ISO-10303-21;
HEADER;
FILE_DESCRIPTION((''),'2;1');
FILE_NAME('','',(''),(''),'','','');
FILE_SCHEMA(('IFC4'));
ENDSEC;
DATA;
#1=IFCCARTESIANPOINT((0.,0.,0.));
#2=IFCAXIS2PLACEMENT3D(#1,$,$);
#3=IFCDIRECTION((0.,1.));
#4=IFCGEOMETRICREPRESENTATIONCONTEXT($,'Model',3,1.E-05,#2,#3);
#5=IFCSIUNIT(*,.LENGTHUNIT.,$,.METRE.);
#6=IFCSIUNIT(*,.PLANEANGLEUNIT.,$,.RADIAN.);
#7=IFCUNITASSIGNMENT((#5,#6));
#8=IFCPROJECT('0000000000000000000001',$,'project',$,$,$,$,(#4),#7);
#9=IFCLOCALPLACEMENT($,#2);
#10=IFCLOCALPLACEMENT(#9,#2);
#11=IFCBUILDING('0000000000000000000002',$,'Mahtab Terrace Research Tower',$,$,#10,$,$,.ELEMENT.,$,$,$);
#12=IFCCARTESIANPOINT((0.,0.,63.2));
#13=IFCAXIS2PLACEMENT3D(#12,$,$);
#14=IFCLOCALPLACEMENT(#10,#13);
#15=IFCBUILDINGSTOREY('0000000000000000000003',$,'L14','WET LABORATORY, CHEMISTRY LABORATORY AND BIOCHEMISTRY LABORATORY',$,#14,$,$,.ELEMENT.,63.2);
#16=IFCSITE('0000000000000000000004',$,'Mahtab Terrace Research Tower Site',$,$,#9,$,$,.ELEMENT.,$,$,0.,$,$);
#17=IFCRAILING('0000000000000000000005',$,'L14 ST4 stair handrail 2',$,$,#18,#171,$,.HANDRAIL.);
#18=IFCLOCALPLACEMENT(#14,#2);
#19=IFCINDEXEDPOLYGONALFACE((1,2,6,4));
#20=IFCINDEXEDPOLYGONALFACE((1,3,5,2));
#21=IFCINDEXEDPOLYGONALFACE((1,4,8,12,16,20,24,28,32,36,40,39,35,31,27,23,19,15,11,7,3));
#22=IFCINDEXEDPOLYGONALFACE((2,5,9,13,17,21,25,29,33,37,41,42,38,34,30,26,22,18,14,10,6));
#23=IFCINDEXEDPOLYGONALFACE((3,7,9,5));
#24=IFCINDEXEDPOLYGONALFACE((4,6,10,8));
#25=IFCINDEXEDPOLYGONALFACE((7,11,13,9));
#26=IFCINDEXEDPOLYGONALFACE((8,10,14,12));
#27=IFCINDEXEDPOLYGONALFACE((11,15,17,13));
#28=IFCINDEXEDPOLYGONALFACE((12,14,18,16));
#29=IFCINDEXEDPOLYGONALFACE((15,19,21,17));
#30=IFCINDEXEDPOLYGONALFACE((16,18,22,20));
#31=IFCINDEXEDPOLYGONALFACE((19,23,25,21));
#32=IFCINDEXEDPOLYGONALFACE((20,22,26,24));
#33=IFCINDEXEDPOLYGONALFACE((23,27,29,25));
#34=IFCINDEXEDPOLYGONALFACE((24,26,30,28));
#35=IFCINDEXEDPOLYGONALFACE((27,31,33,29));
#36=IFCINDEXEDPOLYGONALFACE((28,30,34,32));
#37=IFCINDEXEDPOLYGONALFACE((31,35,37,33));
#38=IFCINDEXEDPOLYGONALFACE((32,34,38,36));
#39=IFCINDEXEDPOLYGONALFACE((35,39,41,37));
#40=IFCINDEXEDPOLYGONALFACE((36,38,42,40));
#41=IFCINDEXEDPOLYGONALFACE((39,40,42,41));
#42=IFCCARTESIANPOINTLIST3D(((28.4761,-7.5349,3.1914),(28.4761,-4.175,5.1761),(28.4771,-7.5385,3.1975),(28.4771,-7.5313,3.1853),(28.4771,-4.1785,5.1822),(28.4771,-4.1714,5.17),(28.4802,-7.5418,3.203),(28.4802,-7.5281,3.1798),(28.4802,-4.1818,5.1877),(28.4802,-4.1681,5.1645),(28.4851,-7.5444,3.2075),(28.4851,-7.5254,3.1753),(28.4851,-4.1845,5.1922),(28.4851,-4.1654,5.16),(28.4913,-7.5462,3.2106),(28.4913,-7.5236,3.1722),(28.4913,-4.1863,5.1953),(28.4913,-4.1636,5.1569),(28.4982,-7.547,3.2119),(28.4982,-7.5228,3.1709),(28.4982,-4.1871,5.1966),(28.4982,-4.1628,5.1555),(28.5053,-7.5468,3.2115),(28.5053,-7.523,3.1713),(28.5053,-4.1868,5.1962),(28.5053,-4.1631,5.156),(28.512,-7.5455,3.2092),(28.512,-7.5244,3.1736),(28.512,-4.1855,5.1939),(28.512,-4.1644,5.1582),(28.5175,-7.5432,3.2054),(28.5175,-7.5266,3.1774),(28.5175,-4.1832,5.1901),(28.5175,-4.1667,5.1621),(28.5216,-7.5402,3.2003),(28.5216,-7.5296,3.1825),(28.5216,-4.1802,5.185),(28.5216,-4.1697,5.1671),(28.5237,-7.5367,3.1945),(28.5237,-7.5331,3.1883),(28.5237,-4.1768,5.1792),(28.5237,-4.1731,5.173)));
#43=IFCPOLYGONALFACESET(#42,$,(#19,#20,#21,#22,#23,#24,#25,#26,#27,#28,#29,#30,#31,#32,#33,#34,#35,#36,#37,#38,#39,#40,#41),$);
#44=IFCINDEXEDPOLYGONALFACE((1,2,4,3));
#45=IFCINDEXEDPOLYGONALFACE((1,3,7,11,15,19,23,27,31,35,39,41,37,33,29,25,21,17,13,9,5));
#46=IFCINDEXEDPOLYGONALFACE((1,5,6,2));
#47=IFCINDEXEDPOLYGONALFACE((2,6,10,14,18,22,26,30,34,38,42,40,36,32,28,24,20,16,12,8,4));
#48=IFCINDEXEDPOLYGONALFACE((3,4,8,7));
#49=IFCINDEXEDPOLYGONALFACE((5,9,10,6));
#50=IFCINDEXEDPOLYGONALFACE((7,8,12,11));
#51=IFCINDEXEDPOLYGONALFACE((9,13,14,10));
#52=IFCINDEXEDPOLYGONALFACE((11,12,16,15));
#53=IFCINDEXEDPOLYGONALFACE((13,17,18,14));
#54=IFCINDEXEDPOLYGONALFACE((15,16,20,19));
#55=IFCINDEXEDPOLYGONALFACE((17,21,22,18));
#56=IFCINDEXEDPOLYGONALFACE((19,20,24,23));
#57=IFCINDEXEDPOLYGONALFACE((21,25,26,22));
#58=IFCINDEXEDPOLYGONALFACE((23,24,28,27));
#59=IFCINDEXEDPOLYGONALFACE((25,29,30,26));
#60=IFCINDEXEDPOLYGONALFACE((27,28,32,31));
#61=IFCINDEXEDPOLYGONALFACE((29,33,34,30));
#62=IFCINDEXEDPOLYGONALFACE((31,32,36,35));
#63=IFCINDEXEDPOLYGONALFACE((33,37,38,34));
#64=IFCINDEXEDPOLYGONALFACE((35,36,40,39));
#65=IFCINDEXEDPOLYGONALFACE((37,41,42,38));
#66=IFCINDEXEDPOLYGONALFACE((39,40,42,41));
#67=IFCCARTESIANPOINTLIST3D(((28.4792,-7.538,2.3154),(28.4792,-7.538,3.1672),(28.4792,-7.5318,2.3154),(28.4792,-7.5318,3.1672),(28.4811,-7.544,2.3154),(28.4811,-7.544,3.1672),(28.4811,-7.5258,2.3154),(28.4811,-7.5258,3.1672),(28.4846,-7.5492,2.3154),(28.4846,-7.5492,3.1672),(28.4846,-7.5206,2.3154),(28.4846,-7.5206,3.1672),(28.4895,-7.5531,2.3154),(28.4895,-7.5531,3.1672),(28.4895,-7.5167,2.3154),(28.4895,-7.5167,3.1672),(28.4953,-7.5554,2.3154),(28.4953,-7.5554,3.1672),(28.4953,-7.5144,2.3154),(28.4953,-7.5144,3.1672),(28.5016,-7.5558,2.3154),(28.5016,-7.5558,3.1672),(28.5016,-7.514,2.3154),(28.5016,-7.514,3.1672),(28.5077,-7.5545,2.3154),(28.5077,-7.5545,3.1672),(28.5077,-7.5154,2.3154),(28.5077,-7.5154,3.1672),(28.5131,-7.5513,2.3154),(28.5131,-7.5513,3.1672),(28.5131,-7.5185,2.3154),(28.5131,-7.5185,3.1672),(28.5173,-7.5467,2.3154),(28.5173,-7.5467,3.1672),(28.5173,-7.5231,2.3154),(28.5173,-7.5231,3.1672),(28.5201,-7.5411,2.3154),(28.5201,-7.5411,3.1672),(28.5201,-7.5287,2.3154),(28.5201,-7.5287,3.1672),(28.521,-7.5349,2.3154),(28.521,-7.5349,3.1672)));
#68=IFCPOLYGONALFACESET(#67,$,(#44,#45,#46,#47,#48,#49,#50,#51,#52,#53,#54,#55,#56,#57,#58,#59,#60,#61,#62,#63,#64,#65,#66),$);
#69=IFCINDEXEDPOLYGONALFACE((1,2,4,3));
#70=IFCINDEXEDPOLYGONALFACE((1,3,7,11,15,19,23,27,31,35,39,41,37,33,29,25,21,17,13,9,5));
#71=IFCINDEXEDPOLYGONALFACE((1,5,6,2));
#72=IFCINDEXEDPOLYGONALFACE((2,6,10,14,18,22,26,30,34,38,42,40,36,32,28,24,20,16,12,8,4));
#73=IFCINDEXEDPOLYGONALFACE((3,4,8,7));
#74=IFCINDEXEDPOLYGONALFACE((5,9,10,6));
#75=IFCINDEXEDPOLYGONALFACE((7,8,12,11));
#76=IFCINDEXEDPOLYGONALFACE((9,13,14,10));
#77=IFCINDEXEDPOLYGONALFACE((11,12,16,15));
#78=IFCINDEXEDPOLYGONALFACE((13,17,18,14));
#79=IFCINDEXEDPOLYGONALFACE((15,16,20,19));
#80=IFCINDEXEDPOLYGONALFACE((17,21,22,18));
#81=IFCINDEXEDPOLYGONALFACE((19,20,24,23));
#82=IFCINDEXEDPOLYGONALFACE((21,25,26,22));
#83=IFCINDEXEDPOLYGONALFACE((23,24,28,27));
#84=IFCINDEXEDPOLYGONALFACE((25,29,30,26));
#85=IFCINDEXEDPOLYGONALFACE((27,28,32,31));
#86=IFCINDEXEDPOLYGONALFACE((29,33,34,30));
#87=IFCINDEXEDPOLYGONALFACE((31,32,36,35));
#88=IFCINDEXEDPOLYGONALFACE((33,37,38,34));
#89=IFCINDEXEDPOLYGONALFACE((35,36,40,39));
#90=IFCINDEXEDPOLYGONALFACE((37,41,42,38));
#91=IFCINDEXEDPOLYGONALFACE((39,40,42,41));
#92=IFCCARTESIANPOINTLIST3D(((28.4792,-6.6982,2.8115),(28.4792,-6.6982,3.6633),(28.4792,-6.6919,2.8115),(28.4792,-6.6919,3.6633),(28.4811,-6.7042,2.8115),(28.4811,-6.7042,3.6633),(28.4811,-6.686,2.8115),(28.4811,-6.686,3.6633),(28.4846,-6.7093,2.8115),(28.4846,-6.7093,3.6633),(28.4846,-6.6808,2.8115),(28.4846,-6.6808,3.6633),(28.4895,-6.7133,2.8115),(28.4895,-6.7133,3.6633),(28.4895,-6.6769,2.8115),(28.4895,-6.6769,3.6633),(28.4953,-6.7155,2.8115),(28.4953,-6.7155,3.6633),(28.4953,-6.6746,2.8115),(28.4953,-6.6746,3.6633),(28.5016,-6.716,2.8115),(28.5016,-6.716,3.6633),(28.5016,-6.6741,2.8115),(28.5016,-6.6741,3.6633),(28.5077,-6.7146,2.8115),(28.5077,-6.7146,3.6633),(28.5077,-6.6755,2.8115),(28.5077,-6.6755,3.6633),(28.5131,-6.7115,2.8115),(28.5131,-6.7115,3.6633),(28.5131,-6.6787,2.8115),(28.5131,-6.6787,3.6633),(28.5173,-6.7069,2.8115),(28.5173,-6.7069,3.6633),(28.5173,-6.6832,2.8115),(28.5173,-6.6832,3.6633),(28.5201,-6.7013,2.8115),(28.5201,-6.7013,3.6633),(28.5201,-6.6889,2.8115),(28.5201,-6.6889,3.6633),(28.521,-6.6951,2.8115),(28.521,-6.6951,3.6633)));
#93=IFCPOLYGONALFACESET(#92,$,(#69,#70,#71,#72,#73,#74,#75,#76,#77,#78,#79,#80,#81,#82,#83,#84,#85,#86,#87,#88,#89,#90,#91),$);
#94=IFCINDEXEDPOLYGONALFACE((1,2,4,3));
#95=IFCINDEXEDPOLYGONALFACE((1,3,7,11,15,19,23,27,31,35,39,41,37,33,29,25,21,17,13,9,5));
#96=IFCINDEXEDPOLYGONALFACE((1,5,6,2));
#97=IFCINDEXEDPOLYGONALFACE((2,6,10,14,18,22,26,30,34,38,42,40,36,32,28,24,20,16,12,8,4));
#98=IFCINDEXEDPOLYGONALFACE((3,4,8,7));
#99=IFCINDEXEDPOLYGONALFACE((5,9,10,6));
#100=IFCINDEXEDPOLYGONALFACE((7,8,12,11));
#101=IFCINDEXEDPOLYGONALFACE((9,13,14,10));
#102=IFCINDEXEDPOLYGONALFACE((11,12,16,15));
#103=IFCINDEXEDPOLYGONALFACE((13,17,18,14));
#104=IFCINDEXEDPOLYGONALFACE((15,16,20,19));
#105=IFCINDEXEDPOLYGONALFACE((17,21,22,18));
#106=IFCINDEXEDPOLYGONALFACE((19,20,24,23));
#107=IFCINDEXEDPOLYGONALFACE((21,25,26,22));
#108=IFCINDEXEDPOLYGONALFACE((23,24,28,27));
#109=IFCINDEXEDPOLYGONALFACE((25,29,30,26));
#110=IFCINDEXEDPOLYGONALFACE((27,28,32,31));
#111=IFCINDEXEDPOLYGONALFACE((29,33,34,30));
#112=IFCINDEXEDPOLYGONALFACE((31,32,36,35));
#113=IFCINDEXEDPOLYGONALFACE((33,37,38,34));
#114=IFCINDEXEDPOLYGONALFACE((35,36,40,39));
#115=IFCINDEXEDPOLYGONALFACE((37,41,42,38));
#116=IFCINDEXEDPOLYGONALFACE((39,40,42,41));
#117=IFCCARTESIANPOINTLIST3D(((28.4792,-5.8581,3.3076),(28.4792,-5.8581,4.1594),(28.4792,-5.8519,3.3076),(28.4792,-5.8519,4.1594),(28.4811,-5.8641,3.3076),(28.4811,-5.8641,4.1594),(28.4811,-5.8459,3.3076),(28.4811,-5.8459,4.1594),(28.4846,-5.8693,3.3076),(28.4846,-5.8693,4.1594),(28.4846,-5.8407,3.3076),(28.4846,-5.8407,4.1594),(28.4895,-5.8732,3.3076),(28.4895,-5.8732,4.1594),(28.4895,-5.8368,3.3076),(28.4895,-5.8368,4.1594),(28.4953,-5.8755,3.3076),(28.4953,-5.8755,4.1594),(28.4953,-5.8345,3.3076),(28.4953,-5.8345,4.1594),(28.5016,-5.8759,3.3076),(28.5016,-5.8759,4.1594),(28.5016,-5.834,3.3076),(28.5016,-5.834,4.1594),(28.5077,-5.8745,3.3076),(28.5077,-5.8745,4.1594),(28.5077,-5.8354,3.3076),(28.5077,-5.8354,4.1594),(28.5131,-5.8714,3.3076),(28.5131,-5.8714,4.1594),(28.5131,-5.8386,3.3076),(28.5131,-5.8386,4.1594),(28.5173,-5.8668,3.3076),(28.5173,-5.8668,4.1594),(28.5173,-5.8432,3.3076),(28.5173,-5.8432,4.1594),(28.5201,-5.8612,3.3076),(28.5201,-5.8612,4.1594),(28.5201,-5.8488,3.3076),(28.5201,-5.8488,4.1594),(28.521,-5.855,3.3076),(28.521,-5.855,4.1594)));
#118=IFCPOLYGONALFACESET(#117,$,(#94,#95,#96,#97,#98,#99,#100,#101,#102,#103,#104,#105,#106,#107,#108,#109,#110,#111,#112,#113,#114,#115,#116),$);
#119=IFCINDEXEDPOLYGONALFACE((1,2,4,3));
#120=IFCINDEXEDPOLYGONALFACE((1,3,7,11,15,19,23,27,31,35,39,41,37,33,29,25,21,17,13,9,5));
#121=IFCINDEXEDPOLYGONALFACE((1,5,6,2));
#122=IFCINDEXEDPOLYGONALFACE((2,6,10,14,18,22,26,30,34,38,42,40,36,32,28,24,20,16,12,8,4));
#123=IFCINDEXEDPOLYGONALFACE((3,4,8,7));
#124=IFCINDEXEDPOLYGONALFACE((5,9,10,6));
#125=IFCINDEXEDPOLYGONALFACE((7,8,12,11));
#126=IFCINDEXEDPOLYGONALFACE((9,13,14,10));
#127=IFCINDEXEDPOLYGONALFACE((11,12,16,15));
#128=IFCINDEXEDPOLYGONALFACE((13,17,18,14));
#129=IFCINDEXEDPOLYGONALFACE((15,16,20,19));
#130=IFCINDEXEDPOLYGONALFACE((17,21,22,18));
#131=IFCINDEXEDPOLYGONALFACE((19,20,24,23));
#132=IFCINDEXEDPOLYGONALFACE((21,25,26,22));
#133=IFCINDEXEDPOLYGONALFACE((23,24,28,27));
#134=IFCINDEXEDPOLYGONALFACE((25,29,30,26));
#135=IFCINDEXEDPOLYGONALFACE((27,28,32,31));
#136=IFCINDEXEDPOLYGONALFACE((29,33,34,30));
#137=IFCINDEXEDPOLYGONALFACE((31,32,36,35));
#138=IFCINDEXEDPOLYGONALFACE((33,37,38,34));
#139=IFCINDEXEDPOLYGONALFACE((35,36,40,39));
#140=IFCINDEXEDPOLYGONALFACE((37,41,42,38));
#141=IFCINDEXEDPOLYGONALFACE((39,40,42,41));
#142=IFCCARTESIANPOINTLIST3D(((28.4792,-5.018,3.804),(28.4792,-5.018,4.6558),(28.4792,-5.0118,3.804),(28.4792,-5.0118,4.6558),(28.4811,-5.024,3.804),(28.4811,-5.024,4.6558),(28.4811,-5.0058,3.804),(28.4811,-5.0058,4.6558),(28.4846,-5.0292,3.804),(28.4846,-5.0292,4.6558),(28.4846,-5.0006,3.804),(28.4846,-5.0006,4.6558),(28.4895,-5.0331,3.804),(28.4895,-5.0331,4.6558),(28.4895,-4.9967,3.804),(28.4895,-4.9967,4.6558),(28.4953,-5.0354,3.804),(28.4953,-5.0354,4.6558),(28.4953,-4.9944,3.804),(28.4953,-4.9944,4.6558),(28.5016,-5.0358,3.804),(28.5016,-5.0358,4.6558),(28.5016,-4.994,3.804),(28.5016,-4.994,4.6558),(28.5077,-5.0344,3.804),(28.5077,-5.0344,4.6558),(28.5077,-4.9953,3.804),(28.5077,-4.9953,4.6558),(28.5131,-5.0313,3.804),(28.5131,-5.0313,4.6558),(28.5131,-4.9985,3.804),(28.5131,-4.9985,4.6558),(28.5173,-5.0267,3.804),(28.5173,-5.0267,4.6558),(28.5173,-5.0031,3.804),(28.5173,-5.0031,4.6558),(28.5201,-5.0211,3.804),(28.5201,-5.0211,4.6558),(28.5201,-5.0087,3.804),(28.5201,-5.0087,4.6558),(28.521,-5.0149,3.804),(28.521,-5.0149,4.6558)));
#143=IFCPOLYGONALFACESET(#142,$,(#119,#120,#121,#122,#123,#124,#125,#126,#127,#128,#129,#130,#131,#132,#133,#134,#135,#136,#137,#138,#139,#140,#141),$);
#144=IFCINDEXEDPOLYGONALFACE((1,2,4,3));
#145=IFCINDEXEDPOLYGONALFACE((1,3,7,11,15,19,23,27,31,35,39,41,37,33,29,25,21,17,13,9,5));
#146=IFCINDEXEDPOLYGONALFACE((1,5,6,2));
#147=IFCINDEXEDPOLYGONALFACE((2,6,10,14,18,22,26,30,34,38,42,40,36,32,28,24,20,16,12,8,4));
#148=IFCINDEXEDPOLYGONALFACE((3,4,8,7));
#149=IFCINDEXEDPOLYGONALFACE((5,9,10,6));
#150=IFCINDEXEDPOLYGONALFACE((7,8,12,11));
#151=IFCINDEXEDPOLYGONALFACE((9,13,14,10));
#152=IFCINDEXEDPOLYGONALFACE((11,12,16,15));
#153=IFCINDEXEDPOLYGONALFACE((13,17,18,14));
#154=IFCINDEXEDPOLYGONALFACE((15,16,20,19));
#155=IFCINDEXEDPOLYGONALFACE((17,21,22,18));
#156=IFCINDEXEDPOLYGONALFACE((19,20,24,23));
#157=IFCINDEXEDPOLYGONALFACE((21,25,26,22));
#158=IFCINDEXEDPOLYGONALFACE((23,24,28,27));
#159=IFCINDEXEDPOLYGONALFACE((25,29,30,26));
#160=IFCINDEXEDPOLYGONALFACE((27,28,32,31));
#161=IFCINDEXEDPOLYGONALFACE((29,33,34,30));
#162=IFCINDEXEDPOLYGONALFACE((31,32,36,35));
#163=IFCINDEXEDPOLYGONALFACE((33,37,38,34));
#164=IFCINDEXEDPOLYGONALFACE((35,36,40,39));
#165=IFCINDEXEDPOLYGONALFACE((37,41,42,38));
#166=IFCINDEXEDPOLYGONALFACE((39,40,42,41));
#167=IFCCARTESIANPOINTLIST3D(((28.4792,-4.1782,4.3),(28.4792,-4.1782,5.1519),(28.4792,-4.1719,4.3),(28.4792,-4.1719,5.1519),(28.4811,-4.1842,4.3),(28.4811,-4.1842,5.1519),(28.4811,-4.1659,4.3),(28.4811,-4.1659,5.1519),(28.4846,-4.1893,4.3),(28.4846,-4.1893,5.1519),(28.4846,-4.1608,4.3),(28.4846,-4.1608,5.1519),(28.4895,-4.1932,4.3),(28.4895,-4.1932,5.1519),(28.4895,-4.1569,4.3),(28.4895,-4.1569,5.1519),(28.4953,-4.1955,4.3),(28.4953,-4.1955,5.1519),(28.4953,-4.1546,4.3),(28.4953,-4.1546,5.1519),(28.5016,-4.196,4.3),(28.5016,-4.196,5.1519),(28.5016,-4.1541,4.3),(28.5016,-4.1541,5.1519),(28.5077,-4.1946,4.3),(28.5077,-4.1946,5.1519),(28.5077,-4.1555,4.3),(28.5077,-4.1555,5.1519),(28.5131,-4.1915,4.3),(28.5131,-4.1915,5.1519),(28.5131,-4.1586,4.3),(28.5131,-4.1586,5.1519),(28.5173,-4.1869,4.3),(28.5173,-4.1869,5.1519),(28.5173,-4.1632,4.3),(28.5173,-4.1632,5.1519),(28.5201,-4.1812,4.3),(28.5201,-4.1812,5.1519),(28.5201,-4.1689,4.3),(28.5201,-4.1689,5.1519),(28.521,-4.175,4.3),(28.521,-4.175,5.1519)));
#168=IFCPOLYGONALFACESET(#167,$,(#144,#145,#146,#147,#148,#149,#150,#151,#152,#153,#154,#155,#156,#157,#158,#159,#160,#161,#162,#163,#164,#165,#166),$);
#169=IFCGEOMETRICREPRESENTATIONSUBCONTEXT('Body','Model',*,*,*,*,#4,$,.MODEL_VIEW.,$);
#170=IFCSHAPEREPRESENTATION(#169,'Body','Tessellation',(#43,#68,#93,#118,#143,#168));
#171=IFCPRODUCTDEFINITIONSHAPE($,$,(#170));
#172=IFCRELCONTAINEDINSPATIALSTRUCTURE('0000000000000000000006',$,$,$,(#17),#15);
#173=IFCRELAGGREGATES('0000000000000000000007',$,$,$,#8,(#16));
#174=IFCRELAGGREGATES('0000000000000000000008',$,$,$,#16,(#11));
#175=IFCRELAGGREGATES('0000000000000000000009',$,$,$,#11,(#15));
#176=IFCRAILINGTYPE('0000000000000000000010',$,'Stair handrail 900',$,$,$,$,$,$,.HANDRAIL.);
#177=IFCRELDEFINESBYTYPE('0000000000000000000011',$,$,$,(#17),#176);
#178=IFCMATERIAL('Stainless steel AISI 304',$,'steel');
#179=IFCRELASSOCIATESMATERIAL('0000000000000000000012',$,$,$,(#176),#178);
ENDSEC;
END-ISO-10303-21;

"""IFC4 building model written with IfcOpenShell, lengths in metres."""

from ifc_helpers import new_model, si_unit, direction, frame, origin, origin_2d, place, context, subcontext, project, spatial, circle, extrude, material, type_object, element, save


model = new_model("IFC4")

# Units and contexts
model_context = context("Model", 3, precision=1e-05, world=origin(), true_north=direction((0.0, 1.0)))
body_context = subcontext(model_context, "Body", "Model", "MODEL_VIEW")
ifc_project = project(units=[si_unit("LENGTHUNIT", "METRE"), si_unit("PLANEANGLEUNIT", "RADIAN")], contexts=[model_context])

# Site, building, storey
site_placement = place(None, origin())
site = spatial("IfcSite", under=ifc_project, at=site_placement, Name="Mahtab Terrace Research Tower Site", CompositionType="ELEMENT", RefElevation=0.0)
building_placement = place(site_placement, origin())
building = spatial("IfcBuilding", under=site, at=building_placement, Name="Mahtab Terrace Research Tower", CompositionType="ELEMENT")
storey_placement = place(building_placement, frame((0.0, 0.0, 63.2)))
storey = spatial("IfcBuildingStorey", under=building, at=storey_placement, Name="L14", Description="WET LABORATORY, CHEMISTRY LABORATORY AND BIOCHEMISTRY LABORATORY", CompositionType="ELEMENT", Elevation=63.2)

# Railing
ifc_material_1 = material(Name="Stainless steel AISI 304", Category="steel")
railing_type_1 = type_object("IfcRailingType", Name="Stair handrail 900", PredefinedType="HANDRAIL", material=ifc_material_1)
railing_1_placement = place(storey_placement, frame((28.5, -7.5349, 2.3154)))
element("IfcRailing", 1, at=railing_1_placement, inside=storey, type_object=railing_type_1, Name="L14 ST4 stair handrail 2", PredefinedType="HANDRAIL", context=body_context, shape_type="SweptSolid", body=[
    extrude(circle(Radius=0.0239, at=origin_2d()), frame((0.0, 0.0, 0.876), z_axis=(0.0, 0.861011, 0.508586), x_axis=(-1.0, 0.0, 0.0)), (0.0, 0.0, 1.0), 3.9023),
    extrude(circle(Radius=0.021, at=origin_2d()), origin(), (0.0, 0.0, 1.0), 0.8518),
    extrude(circle(Radius=0.021, at=origin_2d()), frame((0.0, 0.8398, 0.4961)), (0.0, 0.0, 1.0), 0.8518),
    extrude(circle(Radius=0.021, at=origin_2d()), frame((0.0, 1.6799, 0.9922)), (0.0, 0.0, 1.0), 0.8518),
    extrude(circle(Radius=0.021, at=origin_2d()), frame((0.0, 2.52, 1.4885)), (0.0, 0.0, 1.0), 0.8518),
    extrude(circle(Radius=0.021, at=origin_2d()), frame((0.0, 3.3599, 1.9846)), (0.0, 0.0, 1.0), 0.8518),
])

save(model, "model.ifc")
